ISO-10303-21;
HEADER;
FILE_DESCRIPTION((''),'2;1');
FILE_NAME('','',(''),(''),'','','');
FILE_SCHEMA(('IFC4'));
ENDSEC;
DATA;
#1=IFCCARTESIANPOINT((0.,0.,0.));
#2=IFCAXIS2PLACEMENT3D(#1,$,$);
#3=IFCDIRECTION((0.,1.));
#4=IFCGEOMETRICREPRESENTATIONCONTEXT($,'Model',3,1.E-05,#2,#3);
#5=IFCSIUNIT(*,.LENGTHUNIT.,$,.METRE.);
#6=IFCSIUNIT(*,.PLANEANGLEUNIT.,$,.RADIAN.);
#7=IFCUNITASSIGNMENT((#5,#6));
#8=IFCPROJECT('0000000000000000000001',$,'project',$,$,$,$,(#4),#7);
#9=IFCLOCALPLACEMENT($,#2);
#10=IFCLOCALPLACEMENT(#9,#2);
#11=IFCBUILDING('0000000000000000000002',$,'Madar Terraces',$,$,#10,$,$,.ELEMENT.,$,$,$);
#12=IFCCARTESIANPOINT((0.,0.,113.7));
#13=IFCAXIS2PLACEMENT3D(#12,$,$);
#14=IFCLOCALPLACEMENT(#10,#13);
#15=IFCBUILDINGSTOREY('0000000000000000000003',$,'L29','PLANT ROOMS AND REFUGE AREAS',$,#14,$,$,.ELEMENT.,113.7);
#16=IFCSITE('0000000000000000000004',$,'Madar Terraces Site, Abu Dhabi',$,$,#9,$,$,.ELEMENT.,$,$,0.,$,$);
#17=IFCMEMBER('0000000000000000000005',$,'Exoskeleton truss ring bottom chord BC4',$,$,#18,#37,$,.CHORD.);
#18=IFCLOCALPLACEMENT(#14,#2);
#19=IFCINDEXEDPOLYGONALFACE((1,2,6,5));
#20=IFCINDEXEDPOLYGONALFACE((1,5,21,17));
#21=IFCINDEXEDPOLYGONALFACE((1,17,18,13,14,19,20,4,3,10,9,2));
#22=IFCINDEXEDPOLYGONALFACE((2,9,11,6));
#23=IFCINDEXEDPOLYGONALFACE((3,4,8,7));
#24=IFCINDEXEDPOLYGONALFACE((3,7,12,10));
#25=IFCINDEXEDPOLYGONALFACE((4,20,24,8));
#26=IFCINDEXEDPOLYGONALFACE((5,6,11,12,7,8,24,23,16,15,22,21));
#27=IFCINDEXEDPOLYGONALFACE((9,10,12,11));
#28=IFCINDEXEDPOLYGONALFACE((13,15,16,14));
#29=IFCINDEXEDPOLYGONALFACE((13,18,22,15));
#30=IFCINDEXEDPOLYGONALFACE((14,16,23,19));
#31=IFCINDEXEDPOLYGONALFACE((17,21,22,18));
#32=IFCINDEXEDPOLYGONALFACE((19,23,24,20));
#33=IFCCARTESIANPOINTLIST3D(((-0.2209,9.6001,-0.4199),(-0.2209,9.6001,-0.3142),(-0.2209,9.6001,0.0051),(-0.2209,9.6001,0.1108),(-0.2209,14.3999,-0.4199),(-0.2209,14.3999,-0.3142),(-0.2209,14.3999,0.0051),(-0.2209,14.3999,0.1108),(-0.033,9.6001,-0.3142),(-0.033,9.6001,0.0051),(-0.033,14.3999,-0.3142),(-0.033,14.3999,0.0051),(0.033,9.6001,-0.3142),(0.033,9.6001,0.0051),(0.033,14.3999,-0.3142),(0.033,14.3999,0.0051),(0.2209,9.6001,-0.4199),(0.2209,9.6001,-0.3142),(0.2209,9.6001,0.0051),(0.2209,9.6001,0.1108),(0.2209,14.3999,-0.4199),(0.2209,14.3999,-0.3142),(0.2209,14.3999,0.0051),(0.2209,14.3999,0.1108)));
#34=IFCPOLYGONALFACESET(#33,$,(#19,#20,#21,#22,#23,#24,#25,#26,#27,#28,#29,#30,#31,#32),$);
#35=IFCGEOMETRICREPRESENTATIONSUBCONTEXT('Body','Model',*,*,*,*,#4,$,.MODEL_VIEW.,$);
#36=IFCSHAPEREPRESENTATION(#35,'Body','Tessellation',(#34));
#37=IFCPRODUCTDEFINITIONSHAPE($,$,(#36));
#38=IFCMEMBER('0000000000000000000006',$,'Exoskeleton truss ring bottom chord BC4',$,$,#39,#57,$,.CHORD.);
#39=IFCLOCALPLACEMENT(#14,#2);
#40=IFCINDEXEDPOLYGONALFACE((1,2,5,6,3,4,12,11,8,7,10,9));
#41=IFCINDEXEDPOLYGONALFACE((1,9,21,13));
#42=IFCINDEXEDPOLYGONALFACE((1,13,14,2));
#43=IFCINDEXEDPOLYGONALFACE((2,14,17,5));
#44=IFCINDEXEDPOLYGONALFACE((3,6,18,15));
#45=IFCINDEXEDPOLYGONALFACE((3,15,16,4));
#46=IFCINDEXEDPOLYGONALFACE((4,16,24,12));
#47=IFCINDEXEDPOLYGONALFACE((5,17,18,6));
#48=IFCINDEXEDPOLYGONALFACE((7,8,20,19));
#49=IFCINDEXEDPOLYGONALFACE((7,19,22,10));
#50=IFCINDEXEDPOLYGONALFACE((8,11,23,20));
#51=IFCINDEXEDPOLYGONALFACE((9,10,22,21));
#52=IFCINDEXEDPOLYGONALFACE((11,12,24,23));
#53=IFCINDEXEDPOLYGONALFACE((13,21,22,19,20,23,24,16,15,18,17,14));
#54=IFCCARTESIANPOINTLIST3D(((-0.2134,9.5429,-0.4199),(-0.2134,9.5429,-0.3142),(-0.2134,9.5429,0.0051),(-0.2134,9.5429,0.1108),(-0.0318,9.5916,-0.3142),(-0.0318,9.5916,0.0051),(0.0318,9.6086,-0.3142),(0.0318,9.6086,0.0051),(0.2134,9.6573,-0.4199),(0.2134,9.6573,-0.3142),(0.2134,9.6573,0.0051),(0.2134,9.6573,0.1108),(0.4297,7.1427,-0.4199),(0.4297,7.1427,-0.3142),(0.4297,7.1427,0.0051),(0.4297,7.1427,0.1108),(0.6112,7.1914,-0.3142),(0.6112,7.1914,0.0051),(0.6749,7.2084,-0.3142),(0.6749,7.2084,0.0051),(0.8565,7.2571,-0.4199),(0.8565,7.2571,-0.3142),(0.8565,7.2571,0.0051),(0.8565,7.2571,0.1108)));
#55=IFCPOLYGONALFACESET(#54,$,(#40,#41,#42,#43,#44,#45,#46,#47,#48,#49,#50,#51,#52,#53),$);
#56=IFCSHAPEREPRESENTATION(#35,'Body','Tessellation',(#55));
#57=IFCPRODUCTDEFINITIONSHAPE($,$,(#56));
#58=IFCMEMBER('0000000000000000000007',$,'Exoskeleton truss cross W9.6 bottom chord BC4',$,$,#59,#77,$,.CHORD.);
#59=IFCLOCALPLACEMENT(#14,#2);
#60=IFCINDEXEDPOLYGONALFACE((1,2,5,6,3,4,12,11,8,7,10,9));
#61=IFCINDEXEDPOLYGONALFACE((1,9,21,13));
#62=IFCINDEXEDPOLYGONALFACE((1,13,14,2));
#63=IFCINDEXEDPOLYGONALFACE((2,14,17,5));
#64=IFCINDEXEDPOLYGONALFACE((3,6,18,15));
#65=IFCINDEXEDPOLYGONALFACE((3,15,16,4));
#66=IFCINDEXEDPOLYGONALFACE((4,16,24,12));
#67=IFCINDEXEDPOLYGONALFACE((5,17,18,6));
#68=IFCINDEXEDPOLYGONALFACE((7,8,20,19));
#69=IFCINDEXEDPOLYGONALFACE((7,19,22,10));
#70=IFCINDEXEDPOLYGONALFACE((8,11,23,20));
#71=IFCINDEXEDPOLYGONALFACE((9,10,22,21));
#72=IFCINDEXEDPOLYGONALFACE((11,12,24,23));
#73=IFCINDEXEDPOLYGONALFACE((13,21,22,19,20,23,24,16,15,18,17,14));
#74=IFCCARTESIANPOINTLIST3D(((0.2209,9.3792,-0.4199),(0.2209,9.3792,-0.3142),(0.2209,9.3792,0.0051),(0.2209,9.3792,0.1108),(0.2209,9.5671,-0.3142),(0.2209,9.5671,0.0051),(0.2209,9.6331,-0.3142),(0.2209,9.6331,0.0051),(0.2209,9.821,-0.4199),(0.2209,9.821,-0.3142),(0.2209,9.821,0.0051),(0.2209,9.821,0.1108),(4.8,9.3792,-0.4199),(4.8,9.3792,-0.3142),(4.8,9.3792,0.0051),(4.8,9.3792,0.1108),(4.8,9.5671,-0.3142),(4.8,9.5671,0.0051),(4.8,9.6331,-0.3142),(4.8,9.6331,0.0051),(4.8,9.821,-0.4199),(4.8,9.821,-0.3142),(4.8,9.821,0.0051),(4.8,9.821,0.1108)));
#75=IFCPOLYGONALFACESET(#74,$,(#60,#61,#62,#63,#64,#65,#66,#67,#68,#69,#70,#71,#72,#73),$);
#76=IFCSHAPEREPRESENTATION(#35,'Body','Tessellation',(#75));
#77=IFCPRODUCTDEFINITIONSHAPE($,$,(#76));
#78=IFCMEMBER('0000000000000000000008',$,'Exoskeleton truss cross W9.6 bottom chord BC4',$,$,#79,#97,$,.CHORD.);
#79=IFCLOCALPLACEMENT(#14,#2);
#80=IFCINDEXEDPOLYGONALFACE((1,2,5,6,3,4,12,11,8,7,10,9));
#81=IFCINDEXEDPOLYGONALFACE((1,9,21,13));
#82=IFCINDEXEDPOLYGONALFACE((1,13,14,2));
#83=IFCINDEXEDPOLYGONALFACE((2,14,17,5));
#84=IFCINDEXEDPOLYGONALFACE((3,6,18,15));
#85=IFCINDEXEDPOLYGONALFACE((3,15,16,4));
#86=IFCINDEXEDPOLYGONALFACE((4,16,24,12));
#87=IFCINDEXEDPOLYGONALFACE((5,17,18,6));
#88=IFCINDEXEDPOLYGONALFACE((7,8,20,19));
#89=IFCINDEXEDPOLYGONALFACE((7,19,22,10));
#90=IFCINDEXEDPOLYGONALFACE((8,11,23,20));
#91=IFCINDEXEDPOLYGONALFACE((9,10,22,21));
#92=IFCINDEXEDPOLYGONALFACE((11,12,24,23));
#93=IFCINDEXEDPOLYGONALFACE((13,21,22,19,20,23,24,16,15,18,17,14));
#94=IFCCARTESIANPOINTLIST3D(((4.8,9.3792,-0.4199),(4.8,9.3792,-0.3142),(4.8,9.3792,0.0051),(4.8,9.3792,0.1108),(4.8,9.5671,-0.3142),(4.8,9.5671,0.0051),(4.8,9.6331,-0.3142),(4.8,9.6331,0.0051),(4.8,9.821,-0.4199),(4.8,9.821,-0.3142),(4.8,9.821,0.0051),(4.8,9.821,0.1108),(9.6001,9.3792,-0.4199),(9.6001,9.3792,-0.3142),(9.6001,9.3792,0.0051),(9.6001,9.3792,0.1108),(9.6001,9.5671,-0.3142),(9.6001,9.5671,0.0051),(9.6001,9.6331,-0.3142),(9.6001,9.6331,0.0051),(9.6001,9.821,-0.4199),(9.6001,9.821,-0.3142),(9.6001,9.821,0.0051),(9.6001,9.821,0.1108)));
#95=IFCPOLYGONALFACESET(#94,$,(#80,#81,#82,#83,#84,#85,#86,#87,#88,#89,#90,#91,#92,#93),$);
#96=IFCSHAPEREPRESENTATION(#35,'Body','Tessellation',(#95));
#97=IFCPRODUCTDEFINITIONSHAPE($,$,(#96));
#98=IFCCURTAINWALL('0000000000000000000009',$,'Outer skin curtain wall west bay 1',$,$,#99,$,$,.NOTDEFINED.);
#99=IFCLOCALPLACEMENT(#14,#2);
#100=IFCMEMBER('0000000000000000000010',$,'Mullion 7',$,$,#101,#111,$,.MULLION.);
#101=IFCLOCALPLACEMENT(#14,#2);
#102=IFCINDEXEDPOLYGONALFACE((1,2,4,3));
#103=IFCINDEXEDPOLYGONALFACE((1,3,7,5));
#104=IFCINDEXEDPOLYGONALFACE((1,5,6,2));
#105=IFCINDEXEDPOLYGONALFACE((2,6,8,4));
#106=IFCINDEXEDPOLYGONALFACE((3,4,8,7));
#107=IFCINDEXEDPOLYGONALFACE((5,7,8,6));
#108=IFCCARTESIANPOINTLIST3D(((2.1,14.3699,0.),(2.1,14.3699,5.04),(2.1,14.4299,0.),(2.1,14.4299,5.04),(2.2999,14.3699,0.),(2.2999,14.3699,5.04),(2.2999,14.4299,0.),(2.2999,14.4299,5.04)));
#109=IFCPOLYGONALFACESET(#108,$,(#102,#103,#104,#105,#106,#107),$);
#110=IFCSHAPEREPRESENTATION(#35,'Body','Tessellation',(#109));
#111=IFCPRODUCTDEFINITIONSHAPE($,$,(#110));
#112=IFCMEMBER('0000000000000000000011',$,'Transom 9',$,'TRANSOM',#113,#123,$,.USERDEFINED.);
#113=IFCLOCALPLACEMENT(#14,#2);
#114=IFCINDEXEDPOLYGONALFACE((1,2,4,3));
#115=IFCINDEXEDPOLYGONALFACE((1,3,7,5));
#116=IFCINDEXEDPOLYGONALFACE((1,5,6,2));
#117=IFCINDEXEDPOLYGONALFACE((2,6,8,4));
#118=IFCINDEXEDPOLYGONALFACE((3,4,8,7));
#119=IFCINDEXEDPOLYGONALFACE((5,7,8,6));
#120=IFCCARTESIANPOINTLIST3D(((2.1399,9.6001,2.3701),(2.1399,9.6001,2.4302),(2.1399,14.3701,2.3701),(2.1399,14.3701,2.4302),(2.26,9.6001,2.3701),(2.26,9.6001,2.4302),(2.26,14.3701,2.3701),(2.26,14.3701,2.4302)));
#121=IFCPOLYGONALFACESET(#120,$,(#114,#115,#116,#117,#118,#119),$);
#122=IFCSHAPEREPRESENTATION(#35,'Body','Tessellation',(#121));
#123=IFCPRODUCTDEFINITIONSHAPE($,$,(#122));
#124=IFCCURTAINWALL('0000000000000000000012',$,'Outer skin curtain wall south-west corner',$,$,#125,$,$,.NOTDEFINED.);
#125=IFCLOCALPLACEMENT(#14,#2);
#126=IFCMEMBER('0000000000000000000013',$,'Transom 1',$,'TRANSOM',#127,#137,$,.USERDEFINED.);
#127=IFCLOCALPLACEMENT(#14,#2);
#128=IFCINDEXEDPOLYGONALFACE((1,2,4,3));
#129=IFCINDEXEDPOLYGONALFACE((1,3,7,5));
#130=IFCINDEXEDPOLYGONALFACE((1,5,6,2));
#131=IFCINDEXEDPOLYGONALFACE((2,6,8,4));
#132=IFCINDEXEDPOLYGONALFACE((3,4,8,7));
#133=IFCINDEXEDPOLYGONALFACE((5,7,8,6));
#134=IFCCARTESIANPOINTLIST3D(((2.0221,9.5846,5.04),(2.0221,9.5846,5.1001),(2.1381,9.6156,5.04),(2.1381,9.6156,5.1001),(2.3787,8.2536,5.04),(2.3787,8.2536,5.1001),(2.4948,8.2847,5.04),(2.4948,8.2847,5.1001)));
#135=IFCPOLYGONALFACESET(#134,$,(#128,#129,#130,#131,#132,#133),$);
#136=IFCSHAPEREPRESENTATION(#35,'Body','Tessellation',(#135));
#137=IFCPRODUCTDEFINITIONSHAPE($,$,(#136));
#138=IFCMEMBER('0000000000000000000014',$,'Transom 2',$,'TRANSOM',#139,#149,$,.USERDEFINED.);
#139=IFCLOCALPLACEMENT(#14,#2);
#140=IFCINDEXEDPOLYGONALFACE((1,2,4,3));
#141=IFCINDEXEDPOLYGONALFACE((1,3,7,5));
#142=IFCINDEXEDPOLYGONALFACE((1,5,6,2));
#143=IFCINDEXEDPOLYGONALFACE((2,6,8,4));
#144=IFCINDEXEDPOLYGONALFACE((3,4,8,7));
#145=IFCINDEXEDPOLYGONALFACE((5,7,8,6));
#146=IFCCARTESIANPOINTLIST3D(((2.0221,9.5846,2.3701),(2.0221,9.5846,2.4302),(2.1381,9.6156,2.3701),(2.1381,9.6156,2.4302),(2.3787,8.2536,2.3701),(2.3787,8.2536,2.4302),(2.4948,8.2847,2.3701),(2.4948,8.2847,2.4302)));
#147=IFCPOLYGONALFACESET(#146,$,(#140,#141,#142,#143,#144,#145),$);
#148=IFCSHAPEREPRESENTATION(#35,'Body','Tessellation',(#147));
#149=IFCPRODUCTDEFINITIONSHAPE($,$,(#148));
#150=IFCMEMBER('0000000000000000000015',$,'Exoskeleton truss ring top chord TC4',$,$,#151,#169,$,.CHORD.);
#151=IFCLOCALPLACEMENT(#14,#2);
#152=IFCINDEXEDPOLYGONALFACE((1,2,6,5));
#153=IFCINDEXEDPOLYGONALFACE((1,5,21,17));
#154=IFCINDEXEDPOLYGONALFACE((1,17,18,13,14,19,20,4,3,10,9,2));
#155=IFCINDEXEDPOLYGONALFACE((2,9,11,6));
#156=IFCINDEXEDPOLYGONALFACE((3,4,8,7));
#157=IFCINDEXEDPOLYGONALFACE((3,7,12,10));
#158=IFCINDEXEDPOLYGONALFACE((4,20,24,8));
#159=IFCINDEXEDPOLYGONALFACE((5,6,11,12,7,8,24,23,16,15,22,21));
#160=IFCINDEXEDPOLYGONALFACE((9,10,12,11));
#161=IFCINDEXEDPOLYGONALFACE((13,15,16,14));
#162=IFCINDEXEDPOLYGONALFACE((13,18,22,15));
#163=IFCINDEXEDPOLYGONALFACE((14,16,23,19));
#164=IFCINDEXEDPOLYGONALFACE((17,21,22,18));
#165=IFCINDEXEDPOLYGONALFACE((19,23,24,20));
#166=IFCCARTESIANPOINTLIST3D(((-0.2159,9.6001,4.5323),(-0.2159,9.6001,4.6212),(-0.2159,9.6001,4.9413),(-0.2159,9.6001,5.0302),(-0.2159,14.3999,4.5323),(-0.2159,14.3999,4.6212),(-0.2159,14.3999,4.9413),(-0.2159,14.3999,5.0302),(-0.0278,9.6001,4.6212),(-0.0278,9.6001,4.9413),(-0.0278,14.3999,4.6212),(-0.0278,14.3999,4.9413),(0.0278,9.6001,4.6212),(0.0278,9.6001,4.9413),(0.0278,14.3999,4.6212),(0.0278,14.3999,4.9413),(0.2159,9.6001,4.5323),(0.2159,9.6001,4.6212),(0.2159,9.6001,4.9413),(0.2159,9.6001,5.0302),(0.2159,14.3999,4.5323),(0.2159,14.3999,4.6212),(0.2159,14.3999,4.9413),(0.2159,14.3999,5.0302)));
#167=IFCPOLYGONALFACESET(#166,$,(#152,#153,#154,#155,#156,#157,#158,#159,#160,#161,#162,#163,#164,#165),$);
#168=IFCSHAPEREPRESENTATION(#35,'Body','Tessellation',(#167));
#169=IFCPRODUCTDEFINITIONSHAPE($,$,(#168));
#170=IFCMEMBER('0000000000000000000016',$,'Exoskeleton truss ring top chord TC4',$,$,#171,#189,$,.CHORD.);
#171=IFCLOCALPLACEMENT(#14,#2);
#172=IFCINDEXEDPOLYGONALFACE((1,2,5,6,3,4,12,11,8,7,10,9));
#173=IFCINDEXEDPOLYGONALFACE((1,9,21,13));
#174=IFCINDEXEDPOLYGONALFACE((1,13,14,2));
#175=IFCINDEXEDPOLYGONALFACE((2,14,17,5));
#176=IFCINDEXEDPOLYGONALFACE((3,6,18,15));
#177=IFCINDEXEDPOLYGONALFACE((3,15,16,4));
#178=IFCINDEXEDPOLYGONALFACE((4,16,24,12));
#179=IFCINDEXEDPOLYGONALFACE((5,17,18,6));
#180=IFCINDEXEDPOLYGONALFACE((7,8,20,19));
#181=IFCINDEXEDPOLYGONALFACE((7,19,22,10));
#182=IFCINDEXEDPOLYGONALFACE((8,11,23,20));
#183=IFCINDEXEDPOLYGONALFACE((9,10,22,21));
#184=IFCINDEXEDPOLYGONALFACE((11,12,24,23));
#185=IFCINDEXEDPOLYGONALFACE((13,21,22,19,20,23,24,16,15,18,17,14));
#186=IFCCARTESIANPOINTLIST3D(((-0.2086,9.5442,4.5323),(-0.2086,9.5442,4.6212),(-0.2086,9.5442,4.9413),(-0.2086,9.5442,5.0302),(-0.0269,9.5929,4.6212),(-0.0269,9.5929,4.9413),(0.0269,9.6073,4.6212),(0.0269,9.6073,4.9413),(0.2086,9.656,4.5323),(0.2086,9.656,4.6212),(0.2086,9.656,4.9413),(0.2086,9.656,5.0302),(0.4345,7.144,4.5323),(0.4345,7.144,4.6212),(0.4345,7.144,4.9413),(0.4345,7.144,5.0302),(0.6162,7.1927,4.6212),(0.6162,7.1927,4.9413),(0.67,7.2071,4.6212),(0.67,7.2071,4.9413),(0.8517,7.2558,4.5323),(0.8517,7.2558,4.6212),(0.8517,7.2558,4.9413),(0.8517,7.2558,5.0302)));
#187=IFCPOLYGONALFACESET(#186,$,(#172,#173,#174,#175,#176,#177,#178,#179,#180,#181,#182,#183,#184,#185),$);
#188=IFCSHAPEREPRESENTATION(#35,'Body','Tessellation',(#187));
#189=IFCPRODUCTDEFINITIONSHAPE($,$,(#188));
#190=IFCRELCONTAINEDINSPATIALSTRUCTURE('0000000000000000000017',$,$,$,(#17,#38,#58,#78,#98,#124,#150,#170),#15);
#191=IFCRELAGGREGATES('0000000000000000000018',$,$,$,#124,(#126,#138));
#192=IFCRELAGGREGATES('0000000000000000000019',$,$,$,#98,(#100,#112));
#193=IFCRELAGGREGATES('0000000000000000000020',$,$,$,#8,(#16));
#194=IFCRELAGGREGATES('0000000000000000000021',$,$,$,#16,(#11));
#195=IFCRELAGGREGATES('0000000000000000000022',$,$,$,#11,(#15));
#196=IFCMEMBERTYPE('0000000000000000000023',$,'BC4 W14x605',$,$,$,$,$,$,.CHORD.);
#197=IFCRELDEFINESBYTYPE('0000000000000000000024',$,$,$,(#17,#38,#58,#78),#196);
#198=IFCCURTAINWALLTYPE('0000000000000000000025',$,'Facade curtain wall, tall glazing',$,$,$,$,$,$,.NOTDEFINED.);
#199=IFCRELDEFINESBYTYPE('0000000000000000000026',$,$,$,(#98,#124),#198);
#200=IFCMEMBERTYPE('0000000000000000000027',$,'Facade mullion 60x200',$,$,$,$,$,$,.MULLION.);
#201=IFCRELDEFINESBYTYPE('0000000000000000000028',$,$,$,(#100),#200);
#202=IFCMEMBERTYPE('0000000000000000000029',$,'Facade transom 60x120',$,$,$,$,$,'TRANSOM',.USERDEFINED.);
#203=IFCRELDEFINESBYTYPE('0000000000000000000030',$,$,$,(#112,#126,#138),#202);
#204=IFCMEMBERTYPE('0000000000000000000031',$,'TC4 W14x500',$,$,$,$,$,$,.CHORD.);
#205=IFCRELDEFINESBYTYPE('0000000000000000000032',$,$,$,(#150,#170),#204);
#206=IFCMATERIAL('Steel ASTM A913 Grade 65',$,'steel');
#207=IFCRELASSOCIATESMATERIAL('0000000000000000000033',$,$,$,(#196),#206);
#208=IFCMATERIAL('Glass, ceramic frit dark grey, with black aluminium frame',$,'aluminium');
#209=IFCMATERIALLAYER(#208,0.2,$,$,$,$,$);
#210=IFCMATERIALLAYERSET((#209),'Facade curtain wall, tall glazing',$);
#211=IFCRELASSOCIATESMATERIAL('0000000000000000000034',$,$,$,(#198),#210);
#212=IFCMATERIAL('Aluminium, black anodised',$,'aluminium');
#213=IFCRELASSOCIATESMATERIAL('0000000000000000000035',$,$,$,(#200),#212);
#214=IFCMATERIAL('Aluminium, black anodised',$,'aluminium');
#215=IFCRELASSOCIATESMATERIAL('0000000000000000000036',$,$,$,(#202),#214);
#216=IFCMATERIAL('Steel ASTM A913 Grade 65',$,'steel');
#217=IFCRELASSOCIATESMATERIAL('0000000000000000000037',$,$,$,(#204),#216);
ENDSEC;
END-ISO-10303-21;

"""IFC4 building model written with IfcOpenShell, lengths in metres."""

from ifc_helpers import new_model, si_unit, direction, frame, origin, origin_2d, place, context, subcontext, project, spatial, rectangle, i_section, extrude, material, layer, layer_set, material_profile, profile_set, type_object, element, aggregate, save


model = new_model("IFC4")

# Units and contexts
model_context = context("Model", 3, precision=1e-05, world=origin(), true_north=direction((0.0, 1.0)))
body_context = subcontext(model_context, "Body", "Model", "MODEL_VIEW")
ifc_project = project(units=[si_unit("LENGTHUNIT", "METRE"), si_unit("PLANEANGLEUNIT", "RADIAN")], contexts=[model_context])

# Site, building, storey
site_placement = place(None, origin())
site = spatial("IfcSite", under=ifc_project, at=site_placement, Name="Madar Terraces Site, Abu Dhabi", CompositionType="ELEMENT", RefElevation=0.0)
building_placement = place(site_placement, origin())
building = spatial("IfcBuilding", under=site, at=building_placement, Name="Madar Terraces", CompositionType="ELEMENT")
storey_placement = place(building_placement, frame((0.0, 0.0, 113.7)))
storey = spatial("IfcBuildingStorey", under=building, at=storey_placement, Name="L29", Description="PLANT ROOMS AND REFUGE AREAS", CompositionType="ELEMENT", Elevation=113.7)

# Members
ifc_material_1 = material(Name="Steel ASTM A913 Grade 65", Category="steel")
ifc_material_profile_1 = material_profile(ifc_material_1, i_section(OverallWidth=0.4419, OverallDepth=0.5308, WebThickness=0.0659, FlangeThickness=0.1057, at=origin_2d()), Name="W14x605")
ifc_profile_set_1 = profile_set([ifc_material_profile_1], Name="Steel ASTM A913 Grade 65")
member_type_1 = type_object("IfcMemberType", Name="BC4 W14x605", PredefinedType="CHORD", material=ifc_profile_set_1)
member_1_placement = place(storey_placement, frame((0.0, 14.3999, -0.1545), z_axis=(0.0, -1.0, 0.0), x_axis=(1.0, 0.0, 0.0)))
element("IfcMember", 1, at=member_1_placement, inside=storey, type_object=member_type_1, Name="Exoskeleton truss ring bottom chord BC4", PredefinedType="CHORD", context=body_context, shape_type="SweptSolid", body=[
    extrude(i_section(OverallWidth=0.4419, OverallDepth=0.5308, WebThickness=0.0659, FlangeThickness=0.1057, at=origin_2d()), origin(), (0.0, 0.0, 1.0), 4.7998),
])
member_2_placement = place(storey_placement, frame((0.0, 9.6001, -0.1545), z_axis=(0.2588, -0.965931, 0.0), x_axis=(0.965931, 0.2588, 0.0)))
element("IfcMember", 2, at=member_2_placement, inside=storey, type_object=member_type_1, Name="Exoskeleton truss ring bottom chord BC4", PredefinedType="CHORD", context=body_context, shape_type="SweptSolid", body=[
    extrude(i_section(OverallWidth=0.4419, OverallDepth=0.5308, WebThickness=0.0659, FlangeThickness=0.1057, at=origin_2d()), origin(), (0.0, 0.0, 1.0), 2.4849),
])
member_3_placement = place(storey_placement, frame((0.2209, 9.6001, -0.1545), z_axis=(1.0, 0.0, 0.0), x_axis=(0.0, 1.0, 0.0)))
element("IfcMember", 3, at=member_3_placement, inside=storey, type_object=member_type_1, Name="Exoskeleton truss cross W9.6 bottom chord BC4", PredefinedType="CHORD", context=body_context, shape_type="SweptSolid", body=[
    extrude(i_section(OverallWidth=0.4419, OverallDepth=0.5308, WebThickness=0.0659, FlangeThickness=0.1057, at=origin_2d()), origin(), (0.0, 0.0, 1.0), 4.5791),
])
member_4_placement = place(storey_placement, frame((4.8, 9.6001, -0.1545), z_axis=(1.0, 0.0, 0.0), x_axis=(0.0, 1.0, 0.0)))
element("IfcMember", 4, at=member_4_placement, inside=storey, type_object=member_type_1, Name="Exoskeleton truss cross W9.6 bottom chord BC4", PredefinedType="CHORD", context=body_context, shape_type="SweptSolid", body=[
    extrude(i_section(OverallWidth=0.4419, OverallDepth=0.5308, WebThickness=0.0659, FlangeThickness=0.1057, at=origin_2d()), origin(), (0.0, 0.0, 1.0), 4.8),
])

# Curtain walls, members
ifc_material_2 = material(Name="Glass, ceramic frit dark grey, with black aluminium frame", Category="aluminium")
ifc_layer_1 = layer(ifc_material_2, 0.2)
ifc_layer_set_1 = layer_set([ifc_layer_1], Name="Facade curtain wall, tall glazing")
curtain_wall_type = type_object("IfcCurtainWallType", Name="Facade curtain wall, tall glazing", PredefinedType="NOTDEFINED", material=ifc_layer_set_1)
curtain_wall_1_placement = place(storey_placement, origin())
curtain_wall_1 = element("IfcCurtainWall", 5, at=curtain_wall_1_placement, inside=storey, type_object=curtain_wall_type, Name="Outer skin curtain wall west bay 1", PredefinedType="NOTDEFINED")
ifc_material_3 = material(Name="Aluminium, black anodised", Category="aluminium")
ifc_material_profile_2 = material_profile(ifc_material_3, rectangle(XDim=0.2, YDim=0.0601, at=origin_2d()), Name="Facade mullion 60x200")
ifc_profile_set_2 = profile_set([ifc_material_profile_2], Name="Aluminium, black anodised")
member_type_2 = type_object("IfcMemberType", Name="Facade mullion 60x200", PredefinedType="MULLION", material=ifc_profile_set_2)
member_5_placement = place(storey_placement, frame((2.2, 14.3999, 0.0), z_axis=(0.0, 0.0, 1.0), x_axis=(1.0, 0.0, 0.0)))
member_5 = element("IfcMember", 6, at=member_5_placement, type_object=member_type_2, Name="Mullion 7", PredefinedType="MULLION", context=body_context, shape_type="SweptSolid", body=[
    extrude(rectangle(XDim=0.2, YDim=0.0601, at=origin_2d()), origin(), (0.0, 0.0, 1.0), 5.04),
])
ifc_material_4 = material(Name="Aluminium, black anodised", Category="aluminium")
ifc_material_profile_3 = material_profile(ifc_material_4, rectangle(XDim=0.1201, YDim=0.0601, at=origin_2d()), Name="Facade transom 60x120")
ifc_profile_set_3 = profile_set([ifc_material_profile_3], Name="Aluminium, black anodised")
member_type_3 = type_object("IfcMemberType", Name="Facade transom 60x120", ElementType="TRANSOM", PredefinedType="USERDEFINED", material=ifc_profile_set_3)
member_6_placement = place(storey_placement, frame((2.2, 14.3701, 2.4001), z_axis=(0.0, -1.0, 0.0), x_axis=(1.0, 0.0, 0.0)))
member_6 = element("IfcMember", 7, at=member_6_placement, type_object=member_type_3, Name="Transom 9", ObjectType="TRANSOM", PredefinedType="USERDEFINED", context=body_context, shape_type="SweptSolid", body=[
    extrude(rectangle(XDim=0.1201, YDim=0.0601, at=origin_2d()), origin(), (0.0, 0.0, 1.0), 4.77),
])
curtain_wall_2_placement = place(storey_placement, origin())
curtain_wall_2 = element("IfcCurtainWall", 8, at=curtain_wall_2_placement, inside=storey, type_object=curtain_wall_type, Name="Outer skin curtain wall south-west corner", PredefinedType="NOTDEFINED")
member_7_placement = place(storey_placement, frame((2.0801, 9.6001, 5.0701), z_axis=(0.258842, -0.96592, 0.0), x_axis=(0.96592, 0.258842, 0.0)))
member_7 = element("IfcMember", 9, at=member_7_placement, type_object=member_type_3, Name="Transom 1", ObjectType="TRANSOM", PredefinedType="USERDEFINED", context=body_context, shape_type="SweptSolid", body=[
    extrude(rectangle(XDim=0.1201, YDim=0.0601, at=origin_2d()), origin(), (0.0, 0.0, 1.0), 1.3779),
])
member_8_placement = place(storey_placement, frame((2.0801, 9.6001, 2.4001), z_axis=(0.258842, -0.96592, 0.0), x_axis=(0.96592, 0.258842, 0.0)))
member_8 = element("IfcMember", 10, at=member_8_placement, type_object=member_type_3, Name="Transom 2", ObjectType="TRANSOM", PredefinedType="USERDEFINED", context=body_context, shape_type="SweptSolid", body=[
    extrude(rectangle(XDim=0.1201, YDim=0.0601, at=origin_2d()), origin(), (0.0, 0.0, 1.0), 1.3779),
])
aggregate(curtain_wall_2, [member_7, member_8])

# Members
ifc_material_5 = material(Name="Steel ASTM A913 Grade 65", Category="steel")
ifc_material_profile_4 = material_profile(ifc_material_5, i_section(OverallWidth=0.4319, OverallDepth=0.4978, WebThickness=0.0557, FlangeThickness=0.0889, at=origin_2d()), Name="W14x500")
ifc_profile_set_4 = profile_set([ifc_material_profile_4], Name="Steel ASTM A913 Grade 65")
member_type_4 = type_object("IfcMemberType", Name="TC4 W14x500", PredefinedType="CHORD", material=ifc_profile_set_4)
member_9_placement = place(storey_placement, frame((0.0, 14.3999, 4.7812), z_axis=(0.0, -1.0, 0.0), x_axis=(1.0, 0.0, 0.0)))
element("IfcMember", 11, at=member_9_placement, inside=storey, type_object=member_type_4, Name="Exoskeleton truss ring top chord TC4", PredefinedType="CHORD", context=body_context, shape_type="SweptSolid", body=[
    extrude(i_section(OverallWidth=0.4319, OverallDepth=0.4978, WebThickness=0.0557, FlangeThickness=0.0889, at=origin_2d()), origin(), (0.0, 0.0, 1.0), 4.7998),
])
member_10_placement = place(storey_placement, frame((0.0, 9.6001, 4.7812), z_axis=(0.2588, -0.965931, 0.0), x_axis=(0.965931, 0.2588, 0.0)))
element("IfcMember", 12, at=member_10_placement, inside=storey, type_object=member_type_4, Name="Exoskeleton truss ring top chord TC4", PredefinedType="CHORD", context=body_context, shape_type="SweptSolid", body=[
    extrude(i_section(OverallWidth=0.4319, OverallDepth=0.4978, WebThickness=0.0557, FlangeThickness=0.0889, at=origin_2d()), origin(), (0.0, 0.0, 1.0), 2.4849),
])

aggregate(curtain_wall_1, [member_5, member_6])

save(model, "model.ifc")
